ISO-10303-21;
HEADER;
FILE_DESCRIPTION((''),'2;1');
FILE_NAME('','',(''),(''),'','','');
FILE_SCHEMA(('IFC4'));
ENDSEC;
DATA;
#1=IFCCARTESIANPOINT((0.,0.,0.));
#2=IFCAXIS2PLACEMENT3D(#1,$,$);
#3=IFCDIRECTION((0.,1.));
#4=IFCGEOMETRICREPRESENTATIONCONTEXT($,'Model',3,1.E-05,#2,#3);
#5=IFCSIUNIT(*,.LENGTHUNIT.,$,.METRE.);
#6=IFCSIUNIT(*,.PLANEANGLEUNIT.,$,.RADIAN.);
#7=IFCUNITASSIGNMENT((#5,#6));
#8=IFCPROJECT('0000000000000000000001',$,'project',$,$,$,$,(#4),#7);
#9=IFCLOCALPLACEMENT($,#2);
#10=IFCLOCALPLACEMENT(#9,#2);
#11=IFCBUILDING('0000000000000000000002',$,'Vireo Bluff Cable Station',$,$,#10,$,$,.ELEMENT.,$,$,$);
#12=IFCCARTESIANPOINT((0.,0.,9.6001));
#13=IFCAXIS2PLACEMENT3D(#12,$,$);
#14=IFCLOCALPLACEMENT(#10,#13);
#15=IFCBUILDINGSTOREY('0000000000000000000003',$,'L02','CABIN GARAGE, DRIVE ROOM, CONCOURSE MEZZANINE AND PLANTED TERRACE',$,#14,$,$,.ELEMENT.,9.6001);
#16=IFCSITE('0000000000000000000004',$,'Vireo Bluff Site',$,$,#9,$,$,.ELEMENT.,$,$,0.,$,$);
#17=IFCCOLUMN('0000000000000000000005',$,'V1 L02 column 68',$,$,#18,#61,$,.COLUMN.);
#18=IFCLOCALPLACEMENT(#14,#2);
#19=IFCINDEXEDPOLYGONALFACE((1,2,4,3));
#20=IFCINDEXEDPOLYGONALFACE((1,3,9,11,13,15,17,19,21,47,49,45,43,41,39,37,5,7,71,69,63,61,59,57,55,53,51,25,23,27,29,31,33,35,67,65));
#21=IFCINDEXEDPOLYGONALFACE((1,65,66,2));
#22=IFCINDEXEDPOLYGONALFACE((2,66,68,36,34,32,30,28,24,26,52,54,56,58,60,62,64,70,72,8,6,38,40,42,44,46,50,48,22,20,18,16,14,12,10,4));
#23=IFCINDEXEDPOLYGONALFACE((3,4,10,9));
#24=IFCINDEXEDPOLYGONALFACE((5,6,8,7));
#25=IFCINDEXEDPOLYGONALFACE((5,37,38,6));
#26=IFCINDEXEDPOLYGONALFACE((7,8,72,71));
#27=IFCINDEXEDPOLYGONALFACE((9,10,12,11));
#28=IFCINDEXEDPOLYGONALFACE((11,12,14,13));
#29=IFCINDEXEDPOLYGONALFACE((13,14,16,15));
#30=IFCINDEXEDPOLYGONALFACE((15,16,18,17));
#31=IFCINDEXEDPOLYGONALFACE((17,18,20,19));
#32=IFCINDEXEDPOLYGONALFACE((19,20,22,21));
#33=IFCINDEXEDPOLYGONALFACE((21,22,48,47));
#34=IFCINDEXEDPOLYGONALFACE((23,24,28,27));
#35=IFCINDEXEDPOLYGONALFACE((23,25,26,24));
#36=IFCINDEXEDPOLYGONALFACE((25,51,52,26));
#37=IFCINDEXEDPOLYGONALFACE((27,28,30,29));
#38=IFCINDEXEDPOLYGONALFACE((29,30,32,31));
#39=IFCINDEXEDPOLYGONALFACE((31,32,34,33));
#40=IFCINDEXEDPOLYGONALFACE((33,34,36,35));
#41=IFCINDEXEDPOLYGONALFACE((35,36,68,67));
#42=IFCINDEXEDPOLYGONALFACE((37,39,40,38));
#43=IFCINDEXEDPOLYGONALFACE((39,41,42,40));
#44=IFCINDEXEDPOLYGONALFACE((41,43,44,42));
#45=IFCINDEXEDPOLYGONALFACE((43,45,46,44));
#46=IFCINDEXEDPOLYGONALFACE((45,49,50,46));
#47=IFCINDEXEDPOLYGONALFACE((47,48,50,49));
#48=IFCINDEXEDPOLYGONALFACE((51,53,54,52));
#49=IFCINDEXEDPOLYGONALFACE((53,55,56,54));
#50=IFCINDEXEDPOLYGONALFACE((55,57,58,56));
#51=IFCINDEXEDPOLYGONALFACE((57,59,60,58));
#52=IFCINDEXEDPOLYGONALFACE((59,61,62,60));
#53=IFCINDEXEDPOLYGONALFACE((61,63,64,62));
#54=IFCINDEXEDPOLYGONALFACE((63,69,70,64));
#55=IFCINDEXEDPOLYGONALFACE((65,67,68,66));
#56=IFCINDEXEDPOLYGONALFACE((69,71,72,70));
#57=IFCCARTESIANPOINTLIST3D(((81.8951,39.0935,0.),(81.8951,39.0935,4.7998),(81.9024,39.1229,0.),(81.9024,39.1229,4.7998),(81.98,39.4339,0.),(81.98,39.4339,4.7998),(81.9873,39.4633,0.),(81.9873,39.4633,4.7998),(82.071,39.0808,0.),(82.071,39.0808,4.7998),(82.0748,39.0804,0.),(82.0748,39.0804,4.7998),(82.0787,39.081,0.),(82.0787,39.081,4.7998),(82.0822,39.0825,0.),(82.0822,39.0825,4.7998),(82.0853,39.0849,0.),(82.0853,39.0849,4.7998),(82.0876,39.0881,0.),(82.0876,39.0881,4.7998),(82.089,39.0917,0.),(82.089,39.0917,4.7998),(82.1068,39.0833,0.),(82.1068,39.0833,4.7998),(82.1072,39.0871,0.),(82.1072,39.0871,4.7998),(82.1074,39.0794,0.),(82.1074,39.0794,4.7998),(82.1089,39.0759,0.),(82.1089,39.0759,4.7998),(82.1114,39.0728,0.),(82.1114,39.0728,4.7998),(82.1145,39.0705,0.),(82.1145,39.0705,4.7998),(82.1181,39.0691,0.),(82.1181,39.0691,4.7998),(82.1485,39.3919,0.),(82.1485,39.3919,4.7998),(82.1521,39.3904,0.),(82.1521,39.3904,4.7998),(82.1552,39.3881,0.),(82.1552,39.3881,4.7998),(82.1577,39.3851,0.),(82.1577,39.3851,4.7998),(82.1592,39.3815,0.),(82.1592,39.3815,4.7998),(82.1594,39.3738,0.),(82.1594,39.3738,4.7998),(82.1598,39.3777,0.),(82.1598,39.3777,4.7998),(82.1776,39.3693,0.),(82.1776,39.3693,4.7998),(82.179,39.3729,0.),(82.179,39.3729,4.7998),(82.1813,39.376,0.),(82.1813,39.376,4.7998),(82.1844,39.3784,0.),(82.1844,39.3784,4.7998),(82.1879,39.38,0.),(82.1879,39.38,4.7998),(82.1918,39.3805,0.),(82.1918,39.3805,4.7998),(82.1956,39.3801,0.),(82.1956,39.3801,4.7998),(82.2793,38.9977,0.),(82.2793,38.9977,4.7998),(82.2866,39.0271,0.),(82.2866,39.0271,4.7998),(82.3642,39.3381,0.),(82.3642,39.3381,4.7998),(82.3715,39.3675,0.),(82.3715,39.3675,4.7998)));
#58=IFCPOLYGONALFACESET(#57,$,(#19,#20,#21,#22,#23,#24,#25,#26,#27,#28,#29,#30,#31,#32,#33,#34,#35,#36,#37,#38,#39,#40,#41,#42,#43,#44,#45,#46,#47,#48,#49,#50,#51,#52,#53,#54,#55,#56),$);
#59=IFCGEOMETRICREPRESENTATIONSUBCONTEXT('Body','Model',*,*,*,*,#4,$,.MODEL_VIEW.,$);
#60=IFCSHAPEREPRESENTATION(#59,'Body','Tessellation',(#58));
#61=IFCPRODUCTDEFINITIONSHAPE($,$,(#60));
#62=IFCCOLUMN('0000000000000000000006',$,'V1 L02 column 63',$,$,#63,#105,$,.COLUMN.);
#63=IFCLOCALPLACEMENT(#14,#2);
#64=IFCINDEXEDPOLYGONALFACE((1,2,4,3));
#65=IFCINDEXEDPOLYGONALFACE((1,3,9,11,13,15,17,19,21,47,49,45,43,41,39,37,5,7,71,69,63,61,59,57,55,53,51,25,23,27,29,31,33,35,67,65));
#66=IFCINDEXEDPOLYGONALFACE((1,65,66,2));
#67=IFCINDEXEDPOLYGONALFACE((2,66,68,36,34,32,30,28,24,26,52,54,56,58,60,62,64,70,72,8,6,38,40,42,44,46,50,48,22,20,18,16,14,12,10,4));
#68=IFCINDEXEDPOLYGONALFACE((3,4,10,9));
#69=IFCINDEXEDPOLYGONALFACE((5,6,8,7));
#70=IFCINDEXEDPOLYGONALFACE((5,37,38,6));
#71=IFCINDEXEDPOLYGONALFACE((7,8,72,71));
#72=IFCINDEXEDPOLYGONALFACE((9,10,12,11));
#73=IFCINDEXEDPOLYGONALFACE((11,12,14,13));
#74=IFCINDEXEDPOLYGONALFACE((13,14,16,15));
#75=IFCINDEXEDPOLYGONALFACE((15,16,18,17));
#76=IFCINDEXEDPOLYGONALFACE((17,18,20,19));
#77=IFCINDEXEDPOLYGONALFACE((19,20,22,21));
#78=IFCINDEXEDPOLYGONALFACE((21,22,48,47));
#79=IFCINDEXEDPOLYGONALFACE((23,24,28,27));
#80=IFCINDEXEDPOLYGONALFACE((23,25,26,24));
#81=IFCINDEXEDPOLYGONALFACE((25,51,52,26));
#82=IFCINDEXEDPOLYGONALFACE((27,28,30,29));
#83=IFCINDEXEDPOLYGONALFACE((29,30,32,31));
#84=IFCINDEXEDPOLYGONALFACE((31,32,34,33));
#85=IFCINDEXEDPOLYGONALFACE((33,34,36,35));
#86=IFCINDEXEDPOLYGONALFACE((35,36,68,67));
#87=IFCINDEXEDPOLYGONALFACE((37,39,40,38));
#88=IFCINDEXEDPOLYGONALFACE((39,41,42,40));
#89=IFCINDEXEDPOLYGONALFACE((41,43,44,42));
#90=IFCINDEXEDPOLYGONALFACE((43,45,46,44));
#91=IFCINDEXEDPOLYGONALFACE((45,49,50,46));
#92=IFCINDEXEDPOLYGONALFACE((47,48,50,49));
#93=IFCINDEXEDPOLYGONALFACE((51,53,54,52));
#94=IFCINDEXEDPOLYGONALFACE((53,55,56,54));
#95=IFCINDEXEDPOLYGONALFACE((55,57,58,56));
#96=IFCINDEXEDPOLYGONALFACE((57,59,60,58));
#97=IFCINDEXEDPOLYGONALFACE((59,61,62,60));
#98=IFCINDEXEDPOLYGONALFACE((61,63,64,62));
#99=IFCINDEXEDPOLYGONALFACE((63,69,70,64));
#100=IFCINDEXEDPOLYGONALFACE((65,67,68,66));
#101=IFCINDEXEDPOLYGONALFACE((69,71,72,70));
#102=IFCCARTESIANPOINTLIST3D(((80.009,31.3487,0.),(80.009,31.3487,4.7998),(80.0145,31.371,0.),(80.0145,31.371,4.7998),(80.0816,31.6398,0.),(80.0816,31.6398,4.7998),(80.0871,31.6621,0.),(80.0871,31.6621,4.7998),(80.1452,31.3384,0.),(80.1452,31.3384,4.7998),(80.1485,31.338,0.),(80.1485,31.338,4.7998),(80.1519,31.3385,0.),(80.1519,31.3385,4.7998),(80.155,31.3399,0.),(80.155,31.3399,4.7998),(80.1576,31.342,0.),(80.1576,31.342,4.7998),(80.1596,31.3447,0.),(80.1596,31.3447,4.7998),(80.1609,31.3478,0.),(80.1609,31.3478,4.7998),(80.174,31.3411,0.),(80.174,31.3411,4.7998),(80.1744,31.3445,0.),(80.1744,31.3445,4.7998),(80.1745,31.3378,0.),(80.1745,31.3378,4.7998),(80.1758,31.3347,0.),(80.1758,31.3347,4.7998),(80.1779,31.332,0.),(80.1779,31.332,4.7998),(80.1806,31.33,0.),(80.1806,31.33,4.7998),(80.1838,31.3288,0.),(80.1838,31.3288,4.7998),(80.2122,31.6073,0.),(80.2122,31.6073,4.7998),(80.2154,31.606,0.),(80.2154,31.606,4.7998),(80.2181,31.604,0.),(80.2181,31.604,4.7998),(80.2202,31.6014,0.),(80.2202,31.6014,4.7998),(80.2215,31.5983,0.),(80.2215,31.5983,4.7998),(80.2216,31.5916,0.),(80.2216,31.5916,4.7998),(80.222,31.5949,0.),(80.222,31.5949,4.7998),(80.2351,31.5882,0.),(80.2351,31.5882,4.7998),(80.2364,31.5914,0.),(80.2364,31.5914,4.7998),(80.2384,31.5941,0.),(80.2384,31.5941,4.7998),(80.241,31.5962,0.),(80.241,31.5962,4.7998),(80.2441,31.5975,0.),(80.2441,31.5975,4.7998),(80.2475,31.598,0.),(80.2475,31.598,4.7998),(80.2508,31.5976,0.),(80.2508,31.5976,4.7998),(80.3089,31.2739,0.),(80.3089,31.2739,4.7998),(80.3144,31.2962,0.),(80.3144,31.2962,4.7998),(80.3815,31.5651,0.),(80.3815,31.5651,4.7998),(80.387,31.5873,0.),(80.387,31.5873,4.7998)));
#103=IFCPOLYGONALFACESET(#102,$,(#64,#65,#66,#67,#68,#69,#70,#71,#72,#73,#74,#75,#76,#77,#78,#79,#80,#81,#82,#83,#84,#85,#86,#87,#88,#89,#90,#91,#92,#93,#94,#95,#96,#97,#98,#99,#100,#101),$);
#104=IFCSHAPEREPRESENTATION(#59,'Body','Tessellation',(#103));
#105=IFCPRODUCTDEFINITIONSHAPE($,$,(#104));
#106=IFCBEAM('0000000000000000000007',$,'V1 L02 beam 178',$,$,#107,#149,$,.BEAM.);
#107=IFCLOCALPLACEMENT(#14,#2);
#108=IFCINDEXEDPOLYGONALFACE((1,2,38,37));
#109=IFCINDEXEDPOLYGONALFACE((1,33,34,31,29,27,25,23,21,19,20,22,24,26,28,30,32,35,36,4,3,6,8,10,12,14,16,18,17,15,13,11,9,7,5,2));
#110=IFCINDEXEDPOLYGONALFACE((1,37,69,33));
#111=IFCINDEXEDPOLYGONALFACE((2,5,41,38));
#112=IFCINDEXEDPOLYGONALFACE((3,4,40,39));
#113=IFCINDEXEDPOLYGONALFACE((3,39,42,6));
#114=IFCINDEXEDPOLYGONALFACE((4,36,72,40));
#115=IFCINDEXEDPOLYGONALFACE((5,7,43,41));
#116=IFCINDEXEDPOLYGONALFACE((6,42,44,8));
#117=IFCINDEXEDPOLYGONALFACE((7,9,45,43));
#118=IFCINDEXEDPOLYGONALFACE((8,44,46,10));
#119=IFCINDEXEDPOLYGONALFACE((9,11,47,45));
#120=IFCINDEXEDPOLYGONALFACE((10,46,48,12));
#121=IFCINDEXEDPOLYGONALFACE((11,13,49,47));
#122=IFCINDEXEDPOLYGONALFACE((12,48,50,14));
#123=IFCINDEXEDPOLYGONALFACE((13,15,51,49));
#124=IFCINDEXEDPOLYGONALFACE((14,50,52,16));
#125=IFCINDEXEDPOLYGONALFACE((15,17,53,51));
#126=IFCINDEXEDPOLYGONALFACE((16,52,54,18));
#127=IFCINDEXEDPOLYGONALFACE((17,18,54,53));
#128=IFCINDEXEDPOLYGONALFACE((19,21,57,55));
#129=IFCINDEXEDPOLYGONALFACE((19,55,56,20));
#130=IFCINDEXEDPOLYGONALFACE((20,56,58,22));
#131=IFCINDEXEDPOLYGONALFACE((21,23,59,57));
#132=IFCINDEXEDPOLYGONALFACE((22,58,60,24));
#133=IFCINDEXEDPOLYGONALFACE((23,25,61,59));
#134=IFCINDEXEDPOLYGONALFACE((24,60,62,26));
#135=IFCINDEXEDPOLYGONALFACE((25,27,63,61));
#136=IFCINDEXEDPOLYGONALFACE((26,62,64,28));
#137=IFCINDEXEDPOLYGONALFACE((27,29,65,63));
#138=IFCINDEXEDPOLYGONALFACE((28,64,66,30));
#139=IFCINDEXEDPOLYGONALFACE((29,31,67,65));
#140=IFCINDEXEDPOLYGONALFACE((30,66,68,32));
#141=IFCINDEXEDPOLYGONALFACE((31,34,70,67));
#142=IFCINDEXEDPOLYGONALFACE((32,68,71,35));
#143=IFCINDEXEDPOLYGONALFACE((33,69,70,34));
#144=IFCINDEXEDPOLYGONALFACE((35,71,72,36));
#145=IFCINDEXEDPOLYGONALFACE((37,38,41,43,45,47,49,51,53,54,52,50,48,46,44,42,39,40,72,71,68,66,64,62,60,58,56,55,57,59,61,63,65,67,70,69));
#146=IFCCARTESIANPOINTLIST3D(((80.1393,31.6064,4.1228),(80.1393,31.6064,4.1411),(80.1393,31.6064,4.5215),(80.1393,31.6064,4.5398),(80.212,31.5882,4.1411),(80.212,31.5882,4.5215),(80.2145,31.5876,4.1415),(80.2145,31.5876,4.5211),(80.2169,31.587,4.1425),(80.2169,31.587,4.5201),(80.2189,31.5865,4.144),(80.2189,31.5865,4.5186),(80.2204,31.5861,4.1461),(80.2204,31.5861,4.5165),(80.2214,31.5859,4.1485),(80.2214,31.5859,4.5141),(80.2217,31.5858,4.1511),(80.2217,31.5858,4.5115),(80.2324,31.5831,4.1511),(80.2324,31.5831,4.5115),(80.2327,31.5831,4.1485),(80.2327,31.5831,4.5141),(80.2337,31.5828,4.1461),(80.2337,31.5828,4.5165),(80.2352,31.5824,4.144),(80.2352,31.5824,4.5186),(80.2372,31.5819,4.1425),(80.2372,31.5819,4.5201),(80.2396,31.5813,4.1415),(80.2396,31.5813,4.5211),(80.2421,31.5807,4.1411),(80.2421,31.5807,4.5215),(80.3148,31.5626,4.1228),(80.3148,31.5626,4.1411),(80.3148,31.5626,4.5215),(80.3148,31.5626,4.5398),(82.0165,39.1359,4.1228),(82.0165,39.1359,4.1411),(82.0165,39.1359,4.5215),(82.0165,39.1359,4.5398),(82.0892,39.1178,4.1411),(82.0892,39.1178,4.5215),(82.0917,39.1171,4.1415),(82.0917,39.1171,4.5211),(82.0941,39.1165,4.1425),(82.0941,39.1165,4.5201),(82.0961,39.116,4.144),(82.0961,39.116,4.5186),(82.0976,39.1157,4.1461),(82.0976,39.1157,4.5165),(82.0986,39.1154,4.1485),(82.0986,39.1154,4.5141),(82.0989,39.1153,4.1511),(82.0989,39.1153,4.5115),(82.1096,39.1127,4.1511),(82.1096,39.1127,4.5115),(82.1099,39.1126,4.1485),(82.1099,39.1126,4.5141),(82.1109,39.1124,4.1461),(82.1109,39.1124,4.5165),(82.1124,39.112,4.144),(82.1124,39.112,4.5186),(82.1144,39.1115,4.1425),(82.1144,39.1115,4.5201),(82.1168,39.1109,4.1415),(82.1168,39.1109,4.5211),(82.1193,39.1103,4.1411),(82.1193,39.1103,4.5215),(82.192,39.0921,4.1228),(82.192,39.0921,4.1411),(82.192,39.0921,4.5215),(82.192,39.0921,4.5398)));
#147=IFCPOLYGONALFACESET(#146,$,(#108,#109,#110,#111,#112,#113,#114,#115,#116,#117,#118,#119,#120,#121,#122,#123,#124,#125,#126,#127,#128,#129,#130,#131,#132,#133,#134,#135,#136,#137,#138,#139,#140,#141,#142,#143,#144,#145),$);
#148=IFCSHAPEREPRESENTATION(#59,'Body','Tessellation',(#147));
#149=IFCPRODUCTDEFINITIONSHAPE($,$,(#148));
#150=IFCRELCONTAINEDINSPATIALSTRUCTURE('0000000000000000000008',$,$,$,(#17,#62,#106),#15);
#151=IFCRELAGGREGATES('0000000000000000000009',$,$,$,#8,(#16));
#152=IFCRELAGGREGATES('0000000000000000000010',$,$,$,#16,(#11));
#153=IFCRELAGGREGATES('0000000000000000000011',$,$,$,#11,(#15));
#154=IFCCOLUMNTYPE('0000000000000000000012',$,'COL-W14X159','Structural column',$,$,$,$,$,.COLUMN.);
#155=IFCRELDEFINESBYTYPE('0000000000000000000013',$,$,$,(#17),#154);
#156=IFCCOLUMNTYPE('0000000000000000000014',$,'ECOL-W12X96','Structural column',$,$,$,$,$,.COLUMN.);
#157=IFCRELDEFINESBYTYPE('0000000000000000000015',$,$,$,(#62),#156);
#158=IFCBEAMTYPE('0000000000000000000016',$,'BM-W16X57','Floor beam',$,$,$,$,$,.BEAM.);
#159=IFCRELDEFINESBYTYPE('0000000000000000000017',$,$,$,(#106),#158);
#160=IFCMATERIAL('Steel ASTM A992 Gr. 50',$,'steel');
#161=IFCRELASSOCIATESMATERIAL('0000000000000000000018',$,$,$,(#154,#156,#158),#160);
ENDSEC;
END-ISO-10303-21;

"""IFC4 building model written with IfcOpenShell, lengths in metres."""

from ifc_helpers import new_model, si_unit, direction, frame, origin, origin_2d, place, context, subcontext, project, spatial, i_section, extrude, material, material_profile, profile_set, type_object, element, save


model = new_model("IFC4")

# Units and contexts
model_context = context("Model", 3, precision=1e-05, world=origin(), true_north=direction((0.0, 1.0)))
body_context = subcontext(model_context, "Body", "Model", "MODEL_VIEW")
ifc_project = project(units=[si_unit("LENGTHUNIT", "METRE"), si_unit("PLANEANGLEUNIT", "RADIAN")], contexts=[model_context])

# Site, building, storey
site_placement = place(None, origin())
site = spatial("IfcSite", under=ifc_project, at=site_placement, Name="Vireo Bluff Site", CompositionType="ELEMENT", RefElevation=0.0)
building_placement = place(site_placement, origin())
building = spatial("IfcBuilding", under=site, at=building_placement, Name="Vireo Bluff Cable Station", CompositionType="ELEMENT")
storey_placement = place(building_placement, frame((0.0, 0.0, 9.6001)))
storey = spatial("IfcBuildingStorey", under=building, at=storey_placement, Name="L02", Description="CABIN GARAGE, DRIVE ROOM, CONCOURSE MEZZANINE AND PLANTED TERRACE", CompositionType="ELEMENT", Elevation=9.6001)

# Columns
ifc_material_1 = material(Name="Steel ASTM A992 Gr. 50", Category="steel")
ifc_material_profile_1 = material_profile(ifc_material_1, i_section(OverallWidth=0.396, OverallDepth=0.3811, WebThickness=0.0188, FlangeThickness=0.0303, FilletRadius=0.0149, at=origin_2d()), Name="W14X159")
ifc_profile_set_1 = profile_set([ifc_material_profile_1], Name="Steel ASTM A992 Gr. 50")
column_type_1 = type_object("IfcColumnType", Name="COL-W14X159", Description="Structural column", PredefinedType="COLUMN", material=ifc_profile_set_1)
column_1_placement = place(storey_placement, frame((82.1333, 39.2305, 0.0), z_axis=(0.0, 0.0, 1.0), x_axis=(0.970296, -0.241922, 0.0)))
element("IfcColumn", 1, at=column_1_placement, inside=storey, type_object=column_type_1, Name="V1 L02 column 68", PredefinedType="COLUMN", context=body_context, shape_type="SweptSolid", body=[
    extrude(i_section(OverallWidth=0.396, OverallDepth=0.3811, WebThickness=0.0188, FlangeThickness=0.0303, FilletRadius=0.0149, at=origin_2d()), origin(), (0.0, 0.0, 1.0), 4.7998),
])
ifc_material_profile_2 = material_profile(ifc_material_1, i_section(OverallWidth=0.3091, OverallDepth=0.323, WebThickness=0.0139, FlangeThickness=0.0229, FilletRadius=0.0129, at=origin_2d()), Name="W12X96")
ifc_profile_set_2 = profile_set([ifc_material_profile_2], Name="Steel ASTM A992 Gr. 50")
column_type_2 = type_object("IfcColumnType", Name="ECOL-W12X96", Description="Structural column", PredefinedType="COLUMN", material=ifc_profile_set_2)
column_2_placement = place(storey_placement, frame((80.198, 31.468, 0.0), z_axis=(0.0, 0.0, 1.0), x_axis=(0.970296, -0.241922, 0.0)))
element("IfcColumn", 2, at=column_2_placement, inside=storey, type_object=column_type_2, Name="V1 L02 column 63", PredefinedType="COLUMN", context=body_context, shape_type="SweptSolid", body=[
    extrude(i_section(OverallWidth=0.3091, OverallDepth=0.323, WebThickness=0.0139, FlangeThickness=0.0229, FilletRadius=0.0129, at=origin_2d()), origin(), (0.0, 0.0, 1.0), 4.7998),
])

# Beam
ifc_material_profile_3 = material_profile(ifc_material_1, i_section(OverallWidth=0.1809, OverallDepth=0.417, WebThickness=0.011, FlangeThickness=0.0183, FilletRadius=0.01, at=origin_2d()), Name="W16X57")
ifc_profile_set_3 = profile_set([ifc_material_profile_3], Name="Steel ASTM A992 Gr. 50")
beam_type_1 = type_object("IfcBeamType", Name="BM-W16X57", Description="Floor beam", PredefinedType="BEAM", material=ifc_profile_set_3)
beam_1_placement = place(storey_placement, frame((80.2271, 31.5845, 4.3313), z_axis=(0.241906, 0.9703, 0.0), x_axis=(-0.9703, 0.241906, 0.0)))
element("IfcBeam", 3, at=beam_1_placement, inside=storey, type_object=beam_type_1, Name="V1 L02 beam 178", PredefinedType="BEAM", context=body_context, shape_type="SweptSolid", body=[
    extrude(i_section(OverallWidth=0.1809, OverallDepth=0.417, WebThickness=0.011, FlangeThickness=0.0183, FilletRadius=0.01, at=origin_2d()), origin(), (0.0, 0.0, 1.0), 7.76),
])

save(model, "model.ifc")
